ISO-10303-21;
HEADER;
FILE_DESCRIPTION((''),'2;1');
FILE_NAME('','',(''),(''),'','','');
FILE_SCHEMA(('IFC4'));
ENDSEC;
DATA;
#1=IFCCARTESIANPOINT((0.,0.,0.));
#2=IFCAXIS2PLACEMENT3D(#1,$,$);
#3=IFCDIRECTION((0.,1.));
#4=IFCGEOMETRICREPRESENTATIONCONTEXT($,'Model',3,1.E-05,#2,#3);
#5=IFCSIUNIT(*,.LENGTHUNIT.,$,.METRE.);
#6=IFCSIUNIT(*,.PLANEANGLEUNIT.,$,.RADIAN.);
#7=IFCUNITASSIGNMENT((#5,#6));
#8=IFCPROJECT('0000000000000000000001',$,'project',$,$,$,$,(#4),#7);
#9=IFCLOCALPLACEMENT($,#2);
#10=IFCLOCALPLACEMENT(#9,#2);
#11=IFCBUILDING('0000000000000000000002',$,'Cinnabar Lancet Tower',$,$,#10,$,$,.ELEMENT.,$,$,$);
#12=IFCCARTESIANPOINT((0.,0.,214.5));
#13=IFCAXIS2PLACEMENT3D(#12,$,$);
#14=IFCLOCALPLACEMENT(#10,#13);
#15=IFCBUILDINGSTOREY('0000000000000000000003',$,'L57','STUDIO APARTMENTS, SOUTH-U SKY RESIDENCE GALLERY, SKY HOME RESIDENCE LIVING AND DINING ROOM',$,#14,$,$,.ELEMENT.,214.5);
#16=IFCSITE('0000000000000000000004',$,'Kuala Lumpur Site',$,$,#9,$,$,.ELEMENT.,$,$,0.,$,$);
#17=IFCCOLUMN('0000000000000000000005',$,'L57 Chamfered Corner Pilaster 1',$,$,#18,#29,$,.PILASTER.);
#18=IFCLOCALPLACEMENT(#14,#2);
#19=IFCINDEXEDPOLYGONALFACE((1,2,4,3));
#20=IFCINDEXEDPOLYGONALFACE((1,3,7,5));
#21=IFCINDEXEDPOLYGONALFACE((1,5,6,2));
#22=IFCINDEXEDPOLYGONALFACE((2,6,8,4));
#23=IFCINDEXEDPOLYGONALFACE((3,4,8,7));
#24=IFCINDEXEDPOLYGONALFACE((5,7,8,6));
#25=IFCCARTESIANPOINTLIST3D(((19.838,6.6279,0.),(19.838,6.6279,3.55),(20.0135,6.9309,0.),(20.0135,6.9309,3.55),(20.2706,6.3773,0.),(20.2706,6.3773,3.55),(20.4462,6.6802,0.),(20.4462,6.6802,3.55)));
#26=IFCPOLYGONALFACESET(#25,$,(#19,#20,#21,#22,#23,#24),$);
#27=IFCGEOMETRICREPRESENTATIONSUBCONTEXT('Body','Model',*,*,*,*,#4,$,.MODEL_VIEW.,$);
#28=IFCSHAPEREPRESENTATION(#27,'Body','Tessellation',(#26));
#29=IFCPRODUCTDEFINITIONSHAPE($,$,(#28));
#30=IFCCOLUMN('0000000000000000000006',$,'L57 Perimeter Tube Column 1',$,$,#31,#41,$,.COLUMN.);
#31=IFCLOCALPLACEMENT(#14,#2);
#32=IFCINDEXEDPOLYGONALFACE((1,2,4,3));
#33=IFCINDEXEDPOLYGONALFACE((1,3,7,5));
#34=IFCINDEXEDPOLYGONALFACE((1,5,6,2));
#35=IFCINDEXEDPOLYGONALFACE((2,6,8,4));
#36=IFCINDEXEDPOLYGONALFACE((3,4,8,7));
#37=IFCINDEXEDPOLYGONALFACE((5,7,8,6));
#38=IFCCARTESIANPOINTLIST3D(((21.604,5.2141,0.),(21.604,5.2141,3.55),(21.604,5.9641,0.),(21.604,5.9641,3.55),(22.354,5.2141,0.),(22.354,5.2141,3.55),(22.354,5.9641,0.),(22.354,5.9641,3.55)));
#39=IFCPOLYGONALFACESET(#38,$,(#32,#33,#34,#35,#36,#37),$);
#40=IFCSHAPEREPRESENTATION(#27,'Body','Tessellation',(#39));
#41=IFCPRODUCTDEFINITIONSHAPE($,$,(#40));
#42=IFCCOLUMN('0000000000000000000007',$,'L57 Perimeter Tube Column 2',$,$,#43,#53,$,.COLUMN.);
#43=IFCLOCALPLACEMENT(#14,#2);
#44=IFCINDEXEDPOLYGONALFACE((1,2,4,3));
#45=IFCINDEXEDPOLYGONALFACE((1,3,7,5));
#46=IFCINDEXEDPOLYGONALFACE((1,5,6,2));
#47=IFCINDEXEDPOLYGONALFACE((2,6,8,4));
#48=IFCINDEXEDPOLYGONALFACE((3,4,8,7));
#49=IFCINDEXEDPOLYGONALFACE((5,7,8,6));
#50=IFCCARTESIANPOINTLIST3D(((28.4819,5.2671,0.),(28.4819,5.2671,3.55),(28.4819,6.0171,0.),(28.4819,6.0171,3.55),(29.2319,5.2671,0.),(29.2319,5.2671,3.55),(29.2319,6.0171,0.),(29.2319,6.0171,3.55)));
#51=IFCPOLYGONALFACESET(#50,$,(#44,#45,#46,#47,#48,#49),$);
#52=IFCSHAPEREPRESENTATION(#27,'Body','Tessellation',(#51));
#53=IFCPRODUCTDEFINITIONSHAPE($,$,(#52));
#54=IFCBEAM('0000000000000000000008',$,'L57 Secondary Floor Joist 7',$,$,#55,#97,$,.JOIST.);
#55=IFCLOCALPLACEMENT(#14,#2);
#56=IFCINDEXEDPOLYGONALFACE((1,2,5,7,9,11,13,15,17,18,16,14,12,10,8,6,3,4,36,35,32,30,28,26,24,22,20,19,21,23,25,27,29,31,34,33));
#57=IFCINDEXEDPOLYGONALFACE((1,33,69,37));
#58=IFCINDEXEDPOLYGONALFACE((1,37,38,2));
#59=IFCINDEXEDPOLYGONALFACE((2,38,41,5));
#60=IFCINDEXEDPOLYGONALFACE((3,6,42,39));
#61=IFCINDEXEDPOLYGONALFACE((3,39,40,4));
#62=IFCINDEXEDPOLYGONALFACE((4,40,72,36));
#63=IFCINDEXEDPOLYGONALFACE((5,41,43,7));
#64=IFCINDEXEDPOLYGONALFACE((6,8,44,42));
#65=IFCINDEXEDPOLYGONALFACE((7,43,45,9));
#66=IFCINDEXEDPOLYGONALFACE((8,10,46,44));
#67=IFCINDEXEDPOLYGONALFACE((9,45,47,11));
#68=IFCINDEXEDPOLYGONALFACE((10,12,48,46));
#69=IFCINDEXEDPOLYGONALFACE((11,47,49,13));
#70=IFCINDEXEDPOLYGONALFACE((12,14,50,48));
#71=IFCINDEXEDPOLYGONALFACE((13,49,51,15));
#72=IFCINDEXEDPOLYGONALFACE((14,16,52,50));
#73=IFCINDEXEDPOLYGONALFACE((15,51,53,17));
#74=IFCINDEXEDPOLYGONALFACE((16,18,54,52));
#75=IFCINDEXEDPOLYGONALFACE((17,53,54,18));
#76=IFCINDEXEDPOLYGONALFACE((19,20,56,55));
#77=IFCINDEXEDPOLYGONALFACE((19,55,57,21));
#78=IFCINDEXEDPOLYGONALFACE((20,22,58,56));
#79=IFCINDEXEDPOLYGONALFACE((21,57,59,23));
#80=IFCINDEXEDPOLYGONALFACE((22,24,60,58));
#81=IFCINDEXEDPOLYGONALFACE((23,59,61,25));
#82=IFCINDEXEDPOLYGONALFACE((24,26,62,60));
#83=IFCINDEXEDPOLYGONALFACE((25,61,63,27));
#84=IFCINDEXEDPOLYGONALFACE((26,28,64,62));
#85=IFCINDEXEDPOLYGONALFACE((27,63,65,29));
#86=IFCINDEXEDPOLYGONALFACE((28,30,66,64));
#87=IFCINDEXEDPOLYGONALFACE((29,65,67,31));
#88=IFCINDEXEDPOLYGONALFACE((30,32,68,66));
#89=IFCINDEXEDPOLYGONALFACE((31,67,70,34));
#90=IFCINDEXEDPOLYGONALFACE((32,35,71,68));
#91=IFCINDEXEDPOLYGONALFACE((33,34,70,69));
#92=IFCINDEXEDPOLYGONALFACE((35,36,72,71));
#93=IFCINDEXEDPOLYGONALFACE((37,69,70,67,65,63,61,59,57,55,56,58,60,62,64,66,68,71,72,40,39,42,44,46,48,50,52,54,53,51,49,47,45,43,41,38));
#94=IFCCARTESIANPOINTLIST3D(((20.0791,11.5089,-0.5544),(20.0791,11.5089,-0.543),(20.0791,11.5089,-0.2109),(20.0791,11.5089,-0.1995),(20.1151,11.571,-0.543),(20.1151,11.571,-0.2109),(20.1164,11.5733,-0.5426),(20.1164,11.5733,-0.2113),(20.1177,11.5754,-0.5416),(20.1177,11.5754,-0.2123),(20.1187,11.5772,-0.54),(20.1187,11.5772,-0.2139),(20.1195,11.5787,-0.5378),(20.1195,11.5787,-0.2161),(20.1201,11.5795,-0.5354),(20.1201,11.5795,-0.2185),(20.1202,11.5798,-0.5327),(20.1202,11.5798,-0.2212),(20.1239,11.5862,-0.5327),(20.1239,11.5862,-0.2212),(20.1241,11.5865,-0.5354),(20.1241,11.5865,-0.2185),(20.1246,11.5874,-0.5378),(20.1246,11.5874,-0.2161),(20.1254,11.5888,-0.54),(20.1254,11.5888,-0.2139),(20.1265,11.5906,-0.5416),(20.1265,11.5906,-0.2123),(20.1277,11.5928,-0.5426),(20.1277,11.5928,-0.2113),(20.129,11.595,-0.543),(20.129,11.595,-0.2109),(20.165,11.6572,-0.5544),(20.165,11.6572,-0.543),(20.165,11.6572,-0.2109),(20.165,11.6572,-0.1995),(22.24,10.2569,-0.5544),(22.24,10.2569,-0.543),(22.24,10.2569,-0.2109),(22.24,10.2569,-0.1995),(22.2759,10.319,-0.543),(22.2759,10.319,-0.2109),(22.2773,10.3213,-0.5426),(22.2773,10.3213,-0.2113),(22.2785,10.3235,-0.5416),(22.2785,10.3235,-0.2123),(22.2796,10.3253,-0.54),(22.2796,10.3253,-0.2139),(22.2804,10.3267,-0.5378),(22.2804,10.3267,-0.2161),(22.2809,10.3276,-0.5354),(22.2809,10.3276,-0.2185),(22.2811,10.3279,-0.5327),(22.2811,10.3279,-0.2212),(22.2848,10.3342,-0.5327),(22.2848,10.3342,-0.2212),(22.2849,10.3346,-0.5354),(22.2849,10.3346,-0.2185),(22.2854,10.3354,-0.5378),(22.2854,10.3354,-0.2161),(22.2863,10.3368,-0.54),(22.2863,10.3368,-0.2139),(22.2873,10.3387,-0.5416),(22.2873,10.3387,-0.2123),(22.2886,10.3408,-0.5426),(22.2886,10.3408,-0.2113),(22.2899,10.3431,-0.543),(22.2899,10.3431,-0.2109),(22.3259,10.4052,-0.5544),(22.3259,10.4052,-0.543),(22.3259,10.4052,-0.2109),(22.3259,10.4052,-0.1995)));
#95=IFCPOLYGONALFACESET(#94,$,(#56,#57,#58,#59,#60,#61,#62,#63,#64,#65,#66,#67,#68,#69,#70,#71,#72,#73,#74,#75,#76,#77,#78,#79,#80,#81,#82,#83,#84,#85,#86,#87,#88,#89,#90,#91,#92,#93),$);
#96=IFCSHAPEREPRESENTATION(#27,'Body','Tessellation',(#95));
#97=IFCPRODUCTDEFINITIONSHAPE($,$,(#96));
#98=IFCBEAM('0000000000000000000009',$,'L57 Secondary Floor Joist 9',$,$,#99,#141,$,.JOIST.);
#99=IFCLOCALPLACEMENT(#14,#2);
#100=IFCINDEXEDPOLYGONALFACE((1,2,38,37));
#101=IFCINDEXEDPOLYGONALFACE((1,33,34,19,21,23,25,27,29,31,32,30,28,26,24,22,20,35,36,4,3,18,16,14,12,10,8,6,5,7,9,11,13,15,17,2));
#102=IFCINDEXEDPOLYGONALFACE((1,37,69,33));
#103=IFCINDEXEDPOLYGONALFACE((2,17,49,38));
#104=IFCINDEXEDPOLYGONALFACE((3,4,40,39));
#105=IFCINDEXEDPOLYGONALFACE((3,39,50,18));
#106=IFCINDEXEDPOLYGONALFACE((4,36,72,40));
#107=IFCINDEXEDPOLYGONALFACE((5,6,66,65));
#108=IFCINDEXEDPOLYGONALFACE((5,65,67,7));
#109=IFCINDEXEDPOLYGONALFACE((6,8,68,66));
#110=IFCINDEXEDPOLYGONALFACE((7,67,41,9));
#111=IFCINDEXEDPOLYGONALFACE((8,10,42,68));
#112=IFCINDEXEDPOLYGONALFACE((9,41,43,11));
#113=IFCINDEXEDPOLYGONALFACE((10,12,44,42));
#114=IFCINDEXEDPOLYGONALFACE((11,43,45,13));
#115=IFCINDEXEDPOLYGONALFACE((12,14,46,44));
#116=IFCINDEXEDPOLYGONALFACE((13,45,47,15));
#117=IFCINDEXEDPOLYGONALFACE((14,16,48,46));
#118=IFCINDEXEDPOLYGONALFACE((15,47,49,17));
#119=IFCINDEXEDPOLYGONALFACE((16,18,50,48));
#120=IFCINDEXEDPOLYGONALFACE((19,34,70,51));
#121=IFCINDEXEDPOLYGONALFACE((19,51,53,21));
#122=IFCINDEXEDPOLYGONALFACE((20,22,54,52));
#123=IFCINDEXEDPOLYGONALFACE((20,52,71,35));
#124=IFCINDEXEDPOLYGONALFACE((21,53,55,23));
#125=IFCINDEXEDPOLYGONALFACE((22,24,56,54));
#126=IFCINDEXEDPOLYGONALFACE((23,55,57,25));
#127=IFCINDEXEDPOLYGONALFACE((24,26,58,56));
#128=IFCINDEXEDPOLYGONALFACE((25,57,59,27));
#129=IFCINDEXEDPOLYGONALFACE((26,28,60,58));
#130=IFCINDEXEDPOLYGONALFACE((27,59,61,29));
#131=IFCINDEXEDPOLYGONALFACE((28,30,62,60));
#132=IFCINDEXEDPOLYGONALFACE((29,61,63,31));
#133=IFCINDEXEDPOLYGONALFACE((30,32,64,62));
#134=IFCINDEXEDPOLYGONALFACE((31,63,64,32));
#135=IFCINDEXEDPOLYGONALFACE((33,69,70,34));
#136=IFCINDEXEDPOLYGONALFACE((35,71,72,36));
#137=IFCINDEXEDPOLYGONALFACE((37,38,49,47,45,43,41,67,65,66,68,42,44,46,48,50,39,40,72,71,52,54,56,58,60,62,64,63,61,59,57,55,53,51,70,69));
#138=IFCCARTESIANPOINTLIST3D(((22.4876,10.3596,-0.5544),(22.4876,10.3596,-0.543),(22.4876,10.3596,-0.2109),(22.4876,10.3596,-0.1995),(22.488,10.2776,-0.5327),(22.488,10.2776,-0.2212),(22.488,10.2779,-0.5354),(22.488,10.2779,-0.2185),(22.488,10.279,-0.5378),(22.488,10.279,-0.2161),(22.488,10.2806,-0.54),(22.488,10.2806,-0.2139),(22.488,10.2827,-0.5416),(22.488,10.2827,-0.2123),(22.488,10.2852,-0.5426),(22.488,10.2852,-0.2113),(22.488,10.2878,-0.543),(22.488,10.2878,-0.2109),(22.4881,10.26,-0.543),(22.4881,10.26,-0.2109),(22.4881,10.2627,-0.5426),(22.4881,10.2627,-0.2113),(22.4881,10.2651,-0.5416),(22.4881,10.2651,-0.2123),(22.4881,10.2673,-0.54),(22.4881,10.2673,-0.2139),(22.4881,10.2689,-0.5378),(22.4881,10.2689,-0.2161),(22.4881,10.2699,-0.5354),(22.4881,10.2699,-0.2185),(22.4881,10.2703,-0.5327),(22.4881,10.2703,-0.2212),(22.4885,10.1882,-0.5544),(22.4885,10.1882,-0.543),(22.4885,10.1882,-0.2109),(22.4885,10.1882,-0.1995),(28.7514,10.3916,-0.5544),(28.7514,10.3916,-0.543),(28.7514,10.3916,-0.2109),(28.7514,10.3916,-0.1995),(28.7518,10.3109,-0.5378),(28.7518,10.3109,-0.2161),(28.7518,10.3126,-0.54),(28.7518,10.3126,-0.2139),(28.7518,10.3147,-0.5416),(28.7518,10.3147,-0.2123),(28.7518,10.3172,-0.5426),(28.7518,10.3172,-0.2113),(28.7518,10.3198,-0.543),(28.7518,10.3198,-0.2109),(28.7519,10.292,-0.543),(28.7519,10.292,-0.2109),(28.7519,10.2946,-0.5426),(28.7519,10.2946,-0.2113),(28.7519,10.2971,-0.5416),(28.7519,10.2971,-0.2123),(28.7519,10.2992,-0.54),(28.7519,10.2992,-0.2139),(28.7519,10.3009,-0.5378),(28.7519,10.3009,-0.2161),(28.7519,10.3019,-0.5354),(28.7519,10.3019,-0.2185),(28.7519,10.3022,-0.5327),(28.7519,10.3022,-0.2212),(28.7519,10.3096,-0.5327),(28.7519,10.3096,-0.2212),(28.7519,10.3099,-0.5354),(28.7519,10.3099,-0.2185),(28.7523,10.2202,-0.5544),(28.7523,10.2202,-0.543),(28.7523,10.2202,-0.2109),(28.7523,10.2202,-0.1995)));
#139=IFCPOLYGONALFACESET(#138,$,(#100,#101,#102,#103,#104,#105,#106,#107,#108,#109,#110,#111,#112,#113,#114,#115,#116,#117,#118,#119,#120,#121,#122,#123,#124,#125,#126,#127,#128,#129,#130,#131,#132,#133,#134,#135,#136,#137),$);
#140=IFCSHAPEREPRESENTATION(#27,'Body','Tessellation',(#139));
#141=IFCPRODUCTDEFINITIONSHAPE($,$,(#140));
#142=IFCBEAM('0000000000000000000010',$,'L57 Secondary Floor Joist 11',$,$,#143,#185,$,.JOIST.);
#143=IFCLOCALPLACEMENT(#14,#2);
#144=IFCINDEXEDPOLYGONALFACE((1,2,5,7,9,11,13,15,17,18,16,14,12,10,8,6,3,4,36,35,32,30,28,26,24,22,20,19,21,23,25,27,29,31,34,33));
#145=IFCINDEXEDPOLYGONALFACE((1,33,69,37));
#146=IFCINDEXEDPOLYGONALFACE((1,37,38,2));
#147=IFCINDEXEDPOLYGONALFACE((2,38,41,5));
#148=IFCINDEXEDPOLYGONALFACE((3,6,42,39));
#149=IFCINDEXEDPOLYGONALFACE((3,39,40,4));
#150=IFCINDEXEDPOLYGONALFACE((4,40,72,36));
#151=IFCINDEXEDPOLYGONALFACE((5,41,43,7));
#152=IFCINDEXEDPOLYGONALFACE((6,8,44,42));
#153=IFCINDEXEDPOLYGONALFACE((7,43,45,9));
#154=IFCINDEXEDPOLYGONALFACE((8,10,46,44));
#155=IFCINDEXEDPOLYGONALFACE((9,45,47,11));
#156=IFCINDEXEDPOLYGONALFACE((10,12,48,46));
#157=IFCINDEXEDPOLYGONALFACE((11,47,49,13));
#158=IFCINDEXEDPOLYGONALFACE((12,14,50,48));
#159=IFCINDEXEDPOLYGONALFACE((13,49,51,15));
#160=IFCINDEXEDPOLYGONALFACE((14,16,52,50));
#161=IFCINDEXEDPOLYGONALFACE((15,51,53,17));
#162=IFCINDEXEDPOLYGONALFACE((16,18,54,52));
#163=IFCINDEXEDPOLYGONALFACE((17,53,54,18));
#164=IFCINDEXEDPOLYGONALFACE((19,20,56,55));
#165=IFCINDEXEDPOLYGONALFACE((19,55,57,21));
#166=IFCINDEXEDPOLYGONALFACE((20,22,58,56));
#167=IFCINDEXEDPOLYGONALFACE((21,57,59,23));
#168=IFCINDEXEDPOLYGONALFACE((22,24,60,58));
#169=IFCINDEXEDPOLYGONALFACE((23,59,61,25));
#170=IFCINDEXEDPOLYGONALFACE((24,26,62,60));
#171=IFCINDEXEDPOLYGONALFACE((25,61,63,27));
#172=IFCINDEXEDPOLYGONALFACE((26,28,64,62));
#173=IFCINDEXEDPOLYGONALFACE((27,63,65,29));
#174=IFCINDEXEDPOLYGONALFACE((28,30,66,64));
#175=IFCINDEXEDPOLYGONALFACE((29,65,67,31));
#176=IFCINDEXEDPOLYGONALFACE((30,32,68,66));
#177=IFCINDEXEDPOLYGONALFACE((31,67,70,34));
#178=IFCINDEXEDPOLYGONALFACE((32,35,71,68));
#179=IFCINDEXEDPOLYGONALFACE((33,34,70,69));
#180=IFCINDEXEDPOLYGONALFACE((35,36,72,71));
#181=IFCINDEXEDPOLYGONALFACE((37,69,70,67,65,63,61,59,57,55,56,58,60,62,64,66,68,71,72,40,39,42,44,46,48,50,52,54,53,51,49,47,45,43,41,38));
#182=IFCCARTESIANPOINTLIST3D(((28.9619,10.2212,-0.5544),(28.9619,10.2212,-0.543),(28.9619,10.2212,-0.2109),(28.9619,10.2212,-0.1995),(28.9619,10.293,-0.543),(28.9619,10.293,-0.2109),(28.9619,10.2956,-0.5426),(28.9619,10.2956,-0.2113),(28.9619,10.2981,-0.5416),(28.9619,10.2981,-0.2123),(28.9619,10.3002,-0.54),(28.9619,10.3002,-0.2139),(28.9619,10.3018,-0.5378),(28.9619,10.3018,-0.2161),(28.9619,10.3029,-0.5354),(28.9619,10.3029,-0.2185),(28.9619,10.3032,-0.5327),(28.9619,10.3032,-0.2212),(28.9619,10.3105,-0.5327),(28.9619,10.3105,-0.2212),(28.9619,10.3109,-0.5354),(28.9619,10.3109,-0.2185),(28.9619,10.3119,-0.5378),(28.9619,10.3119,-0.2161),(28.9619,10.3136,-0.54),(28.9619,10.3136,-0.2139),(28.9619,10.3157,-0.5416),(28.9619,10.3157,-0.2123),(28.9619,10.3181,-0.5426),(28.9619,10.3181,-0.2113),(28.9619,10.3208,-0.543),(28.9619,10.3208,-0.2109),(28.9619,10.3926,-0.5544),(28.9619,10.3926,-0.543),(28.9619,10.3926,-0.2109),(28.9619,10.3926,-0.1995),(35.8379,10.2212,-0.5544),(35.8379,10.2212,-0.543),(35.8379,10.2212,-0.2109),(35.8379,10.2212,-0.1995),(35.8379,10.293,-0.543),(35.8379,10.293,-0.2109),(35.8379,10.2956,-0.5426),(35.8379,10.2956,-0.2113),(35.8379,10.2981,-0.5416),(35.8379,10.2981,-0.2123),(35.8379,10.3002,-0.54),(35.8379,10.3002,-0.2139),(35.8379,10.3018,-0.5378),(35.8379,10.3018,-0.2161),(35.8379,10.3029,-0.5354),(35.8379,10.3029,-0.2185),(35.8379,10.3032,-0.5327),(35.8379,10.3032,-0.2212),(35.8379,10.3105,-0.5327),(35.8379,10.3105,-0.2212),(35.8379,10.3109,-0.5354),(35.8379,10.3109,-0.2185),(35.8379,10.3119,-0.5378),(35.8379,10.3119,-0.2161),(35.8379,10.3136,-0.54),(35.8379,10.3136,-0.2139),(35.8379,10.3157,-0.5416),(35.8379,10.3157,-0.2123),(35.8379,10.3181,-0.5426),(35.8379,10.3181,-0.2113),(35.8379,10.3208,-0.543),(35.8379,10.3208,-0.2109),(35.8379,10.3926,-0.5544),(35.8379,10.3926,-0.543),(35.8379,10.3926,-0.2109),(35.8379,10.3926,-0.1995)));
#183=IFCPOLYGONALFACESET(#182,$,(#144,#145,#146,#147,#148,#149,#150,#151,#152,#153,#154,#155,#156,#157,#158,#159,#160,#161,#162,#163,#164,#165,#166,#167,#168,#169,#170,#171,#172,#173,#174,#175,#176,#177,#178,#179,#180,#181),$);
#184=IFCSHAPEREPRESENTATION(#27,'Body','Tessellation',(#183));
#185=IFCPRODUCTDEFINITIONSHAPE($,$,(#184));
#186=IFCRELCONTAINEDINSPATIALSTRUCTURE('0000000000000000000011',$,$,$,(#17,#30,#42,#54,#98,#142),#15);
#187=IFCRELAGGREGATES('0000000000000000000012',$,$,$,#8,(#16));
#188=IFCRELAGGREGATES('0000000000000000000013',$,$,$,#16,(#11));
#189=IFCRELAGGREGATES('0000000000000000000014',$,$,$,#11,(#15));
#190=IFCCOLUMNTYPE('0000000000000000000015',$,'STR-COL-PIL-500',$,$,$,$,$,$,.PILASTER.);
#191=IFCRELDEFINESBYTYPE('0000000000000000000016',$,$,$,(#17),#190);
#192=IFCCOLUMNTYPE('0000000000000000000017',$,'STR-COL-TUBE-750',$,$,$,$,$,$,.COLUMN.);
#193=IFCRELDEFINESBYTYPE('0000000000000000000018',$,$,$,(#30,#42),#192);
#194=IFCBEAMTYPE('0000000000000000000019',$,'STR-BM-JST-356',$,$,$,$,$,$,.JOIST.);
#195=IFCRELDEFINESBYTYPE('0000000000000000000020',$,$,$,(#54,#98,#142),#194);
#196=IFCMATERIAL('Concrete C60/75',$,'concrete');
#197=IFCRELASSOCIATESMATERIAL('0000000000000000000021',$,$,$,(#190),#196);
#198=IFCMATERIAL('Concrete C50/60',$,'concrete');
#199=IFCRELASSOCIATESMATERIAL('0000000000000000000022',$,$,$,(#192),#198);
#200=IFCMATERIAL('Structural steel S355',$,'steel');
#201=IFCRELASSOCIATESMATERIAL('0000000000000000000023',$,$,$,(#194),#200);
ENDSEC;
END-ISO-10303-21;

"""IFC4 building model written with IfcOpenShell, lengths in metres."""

from ifc_helpers import new_model, si_unit, direction, frame, origin, origin_2d, place, context, subcontext, project, spatial, rectangle, i_section, extrude, material, material_profile, profile_set, type_object, element, save


model = new_model("IFC4")

# Units and contexts
model_context = context("Model", 3, precision=1e-05, world=origin(), true_north=direction((0.0, 1.0)))
body_context = subcontext(model_context, "Body", "Model", "MODEL_VIEW")
ifc_project = project(units=[si_unit("LENGTHUNIT", "METRE"), si_unit("PLANEANGLEUNIT", "RADIAN")], contexts=[model_context])

# Site, building, storey
site_placement = place(None, origin())
site = spatial("IfcSite", under=ifc_project, at=site_placement, Name="Kuala Lumpur Site", CompositionType="ELEMENT", RefElevation=0.0)
building_placement = place(site_placement, origin())
building = spatial("IfcBuilding", under=site, at=building_placement, Name="Cinnabar Lancet Tower", CompositionType="ELEMENT")
storey_placement = place(building_placement, frame((0.0, 0.0, 214.5)))
storey = spatial("IfcBuildingStorey", under=building, at=storey_placement, Name="L57", Description="STUDIO APARTMENTS, SOUTH-U SKY RESIDENCE GALLERY, SKY HOME RESIDENCE LIVING AND DINING ROOM", CompositionType="ELEMENT", Elevation=214.5)

# Columns
ifc_material_1 = material(Name="Concrete C60/75", Category="concrete")
ifc_material_profile_1 = material_profile(ifc_material_1, rectangle(XDim=0.5, YDim=0.3501, at=origin_2d()), Name="RC-PIL 500x350")
ifc_profile_set_1 = profile_set([ifc_material_profile_1], Name="Concrete C60/75")
column_type_1 = type_object("IfcColumnType", Name="STR-COL-PIL-500", PredefinedType="PILASTER", material=ifc_profile_set_1)
column_placement = place(storey_placement, frame((20.1421, 6.6541, 0.0), z_axis=(0.0, 0.0, 1.0), x_axis=(0.86523, -0.501375, 0.0)))
element("IfcColumn", 1, at=column_placement, inside=storey, type_object=column_type_1, Name="L57 Chamfered Corner Pilaster 1", PredefinedType="PILASTER", context=body_context, shape_type="SweptSolid", body=[
    extrude(rectangle(XDim=0.5, YDim=0.3501, at=origin_2d()), origin(), (0.0, 0.0, 1.0), 3.55),
])
ifc_material_2 = material(Name="Concrete C50/60", Category="concrete")
ifc_material_profile_2 = material_profile(ifc_material_2, rectangle(XDim=0.75, YDim=0.75, at=origin_2d()), Name="RC-COL 750x750")
ifc_profile_set_2 = profile_set([ifc_material_profile_2], Name="Concrete C50/60")
column_type_2 = type_object("IfcColumnType", Name="STR-COL-TUBE-750", PredefinedType="COLUMN", material=ifc_profile_set_2)
for number, where, z_axis, x_axis, name in (
    (2, (21.979, 5.5891, 0.0), (0.0, 0.0, 1.0), (1.0, 0.0, 0.0), "L57 Perimeter Tube Column 1"),
    (3, (28.8569, 5.6421, 0.0), (0.0, 0.0, 1.0), (1.0, 0.0, 0.0), "L57 Perimeter Tube Column 2"),
):
    element("IfcColumn", number, at=place(storey_placement, frame(where, z_axis=z_axis, x_axis=x_axis)), inside=storey, type_object=column_type_2, Name=name, PredefinedType="COLUMN", context=body_context, shape_type="SweptSolid", body=[
        extrude(rectangle(XDim=0.75, YDim=0.75, at=origin_2d()), origin(), (0.0, 0.0, 1.0), 3.55),
    ])

# Beams
ifc_material_3 = material(Name="Structural steel S355", Category="steel")
ifc_material_profile_3 = material_profile(ifc_material_3, i_section(OverallWidth=0.1714, OverallDepth=0.355, WebThickness=0.0073, FlangeThickness=0.0115, FilletRadius=0.0103, at=origin_2d()), Name="UKB 356x171x51")
ifc_profile_set_3 = profile_set([ifc_material_profile_3], Name="Structural steel S355")
beam_type_1 = type_object("IfcBeamType", Name="STR-BM-JST-356", PredefinedType="JOIST", material=ifc_profile_set_3)
beam_1_placement = place(storey_placement, frame((20.1221, 11.583, -0.377), z_axis=(0.865268, -0.50131, 0.0), x_axis=(0.50131, 0.865268, 0.0)))
element("IfcBeam", 4, at=beam_1_placement, inside=storey, type_object=beam_type_1, Name="L57 Secondary Floor Joist 7", PredefinedType="JOIST", context=body_context, shape_type="SweptSolid", body=[
    extrude(i_section(OverallWidth=0.1714, OverallDepth=0.355, WebThickness=0.0073, FlangeThickness=0.0115, FilletRadius=0.0103, at=origin_2d()), origin(), (0.0, 0.0, 1.0), 2.4973),
])
beam_2_placement = place(storey_placement, frame((22.488, 10.2739, -0.377), z_axis=(0.999987, 0.005106, 0.0), x_axis=(-0.005106, 0.999987, 0.0)))
element("IfcBeam", 5, at=beam_2_placement, inside=storey, type_object=beam_type_1, Name="L57 Secondary Floor Joist 9", PredefinedType="JOIST", context=body_context, shape_type="SweptSolid", body=[
    extrude(i_section(OverallWidth=0.1714, OverallDepth=0.355, WebThickness=0.0073, FlangeThickness=0.0115, FilletRadius=0.0103, at=origin_2d()), origin(), (0.0, 0.0, 1.0), 6.2639),
])
beam_3_placement = place(storey_placement, frame((28.9619, 10.3069, -0.377), z_axis=(1.0, 0.0, 0.0), x_axis=(0.0, 1.0, 0.0)))
element("IfcBeam", 6, at=beam_3_placement, inside=storey, type_object=beam_type_1, Name="L57 Secondary Floor Joist 11", PredefinedType="JOIST", context=body_context, shape_type="SweptSolid", body=[
    extrude(i_section(OverallWidth=0.1714, OverallDepth=0.355, WebThickness=0.0073, FlangeThickness=0.0115, FilletRadius=0.0103, at=origin_2d()), origin(), (0.0, 0.0, 1.0), 6.876),
])

save(model, "model.ifc")
